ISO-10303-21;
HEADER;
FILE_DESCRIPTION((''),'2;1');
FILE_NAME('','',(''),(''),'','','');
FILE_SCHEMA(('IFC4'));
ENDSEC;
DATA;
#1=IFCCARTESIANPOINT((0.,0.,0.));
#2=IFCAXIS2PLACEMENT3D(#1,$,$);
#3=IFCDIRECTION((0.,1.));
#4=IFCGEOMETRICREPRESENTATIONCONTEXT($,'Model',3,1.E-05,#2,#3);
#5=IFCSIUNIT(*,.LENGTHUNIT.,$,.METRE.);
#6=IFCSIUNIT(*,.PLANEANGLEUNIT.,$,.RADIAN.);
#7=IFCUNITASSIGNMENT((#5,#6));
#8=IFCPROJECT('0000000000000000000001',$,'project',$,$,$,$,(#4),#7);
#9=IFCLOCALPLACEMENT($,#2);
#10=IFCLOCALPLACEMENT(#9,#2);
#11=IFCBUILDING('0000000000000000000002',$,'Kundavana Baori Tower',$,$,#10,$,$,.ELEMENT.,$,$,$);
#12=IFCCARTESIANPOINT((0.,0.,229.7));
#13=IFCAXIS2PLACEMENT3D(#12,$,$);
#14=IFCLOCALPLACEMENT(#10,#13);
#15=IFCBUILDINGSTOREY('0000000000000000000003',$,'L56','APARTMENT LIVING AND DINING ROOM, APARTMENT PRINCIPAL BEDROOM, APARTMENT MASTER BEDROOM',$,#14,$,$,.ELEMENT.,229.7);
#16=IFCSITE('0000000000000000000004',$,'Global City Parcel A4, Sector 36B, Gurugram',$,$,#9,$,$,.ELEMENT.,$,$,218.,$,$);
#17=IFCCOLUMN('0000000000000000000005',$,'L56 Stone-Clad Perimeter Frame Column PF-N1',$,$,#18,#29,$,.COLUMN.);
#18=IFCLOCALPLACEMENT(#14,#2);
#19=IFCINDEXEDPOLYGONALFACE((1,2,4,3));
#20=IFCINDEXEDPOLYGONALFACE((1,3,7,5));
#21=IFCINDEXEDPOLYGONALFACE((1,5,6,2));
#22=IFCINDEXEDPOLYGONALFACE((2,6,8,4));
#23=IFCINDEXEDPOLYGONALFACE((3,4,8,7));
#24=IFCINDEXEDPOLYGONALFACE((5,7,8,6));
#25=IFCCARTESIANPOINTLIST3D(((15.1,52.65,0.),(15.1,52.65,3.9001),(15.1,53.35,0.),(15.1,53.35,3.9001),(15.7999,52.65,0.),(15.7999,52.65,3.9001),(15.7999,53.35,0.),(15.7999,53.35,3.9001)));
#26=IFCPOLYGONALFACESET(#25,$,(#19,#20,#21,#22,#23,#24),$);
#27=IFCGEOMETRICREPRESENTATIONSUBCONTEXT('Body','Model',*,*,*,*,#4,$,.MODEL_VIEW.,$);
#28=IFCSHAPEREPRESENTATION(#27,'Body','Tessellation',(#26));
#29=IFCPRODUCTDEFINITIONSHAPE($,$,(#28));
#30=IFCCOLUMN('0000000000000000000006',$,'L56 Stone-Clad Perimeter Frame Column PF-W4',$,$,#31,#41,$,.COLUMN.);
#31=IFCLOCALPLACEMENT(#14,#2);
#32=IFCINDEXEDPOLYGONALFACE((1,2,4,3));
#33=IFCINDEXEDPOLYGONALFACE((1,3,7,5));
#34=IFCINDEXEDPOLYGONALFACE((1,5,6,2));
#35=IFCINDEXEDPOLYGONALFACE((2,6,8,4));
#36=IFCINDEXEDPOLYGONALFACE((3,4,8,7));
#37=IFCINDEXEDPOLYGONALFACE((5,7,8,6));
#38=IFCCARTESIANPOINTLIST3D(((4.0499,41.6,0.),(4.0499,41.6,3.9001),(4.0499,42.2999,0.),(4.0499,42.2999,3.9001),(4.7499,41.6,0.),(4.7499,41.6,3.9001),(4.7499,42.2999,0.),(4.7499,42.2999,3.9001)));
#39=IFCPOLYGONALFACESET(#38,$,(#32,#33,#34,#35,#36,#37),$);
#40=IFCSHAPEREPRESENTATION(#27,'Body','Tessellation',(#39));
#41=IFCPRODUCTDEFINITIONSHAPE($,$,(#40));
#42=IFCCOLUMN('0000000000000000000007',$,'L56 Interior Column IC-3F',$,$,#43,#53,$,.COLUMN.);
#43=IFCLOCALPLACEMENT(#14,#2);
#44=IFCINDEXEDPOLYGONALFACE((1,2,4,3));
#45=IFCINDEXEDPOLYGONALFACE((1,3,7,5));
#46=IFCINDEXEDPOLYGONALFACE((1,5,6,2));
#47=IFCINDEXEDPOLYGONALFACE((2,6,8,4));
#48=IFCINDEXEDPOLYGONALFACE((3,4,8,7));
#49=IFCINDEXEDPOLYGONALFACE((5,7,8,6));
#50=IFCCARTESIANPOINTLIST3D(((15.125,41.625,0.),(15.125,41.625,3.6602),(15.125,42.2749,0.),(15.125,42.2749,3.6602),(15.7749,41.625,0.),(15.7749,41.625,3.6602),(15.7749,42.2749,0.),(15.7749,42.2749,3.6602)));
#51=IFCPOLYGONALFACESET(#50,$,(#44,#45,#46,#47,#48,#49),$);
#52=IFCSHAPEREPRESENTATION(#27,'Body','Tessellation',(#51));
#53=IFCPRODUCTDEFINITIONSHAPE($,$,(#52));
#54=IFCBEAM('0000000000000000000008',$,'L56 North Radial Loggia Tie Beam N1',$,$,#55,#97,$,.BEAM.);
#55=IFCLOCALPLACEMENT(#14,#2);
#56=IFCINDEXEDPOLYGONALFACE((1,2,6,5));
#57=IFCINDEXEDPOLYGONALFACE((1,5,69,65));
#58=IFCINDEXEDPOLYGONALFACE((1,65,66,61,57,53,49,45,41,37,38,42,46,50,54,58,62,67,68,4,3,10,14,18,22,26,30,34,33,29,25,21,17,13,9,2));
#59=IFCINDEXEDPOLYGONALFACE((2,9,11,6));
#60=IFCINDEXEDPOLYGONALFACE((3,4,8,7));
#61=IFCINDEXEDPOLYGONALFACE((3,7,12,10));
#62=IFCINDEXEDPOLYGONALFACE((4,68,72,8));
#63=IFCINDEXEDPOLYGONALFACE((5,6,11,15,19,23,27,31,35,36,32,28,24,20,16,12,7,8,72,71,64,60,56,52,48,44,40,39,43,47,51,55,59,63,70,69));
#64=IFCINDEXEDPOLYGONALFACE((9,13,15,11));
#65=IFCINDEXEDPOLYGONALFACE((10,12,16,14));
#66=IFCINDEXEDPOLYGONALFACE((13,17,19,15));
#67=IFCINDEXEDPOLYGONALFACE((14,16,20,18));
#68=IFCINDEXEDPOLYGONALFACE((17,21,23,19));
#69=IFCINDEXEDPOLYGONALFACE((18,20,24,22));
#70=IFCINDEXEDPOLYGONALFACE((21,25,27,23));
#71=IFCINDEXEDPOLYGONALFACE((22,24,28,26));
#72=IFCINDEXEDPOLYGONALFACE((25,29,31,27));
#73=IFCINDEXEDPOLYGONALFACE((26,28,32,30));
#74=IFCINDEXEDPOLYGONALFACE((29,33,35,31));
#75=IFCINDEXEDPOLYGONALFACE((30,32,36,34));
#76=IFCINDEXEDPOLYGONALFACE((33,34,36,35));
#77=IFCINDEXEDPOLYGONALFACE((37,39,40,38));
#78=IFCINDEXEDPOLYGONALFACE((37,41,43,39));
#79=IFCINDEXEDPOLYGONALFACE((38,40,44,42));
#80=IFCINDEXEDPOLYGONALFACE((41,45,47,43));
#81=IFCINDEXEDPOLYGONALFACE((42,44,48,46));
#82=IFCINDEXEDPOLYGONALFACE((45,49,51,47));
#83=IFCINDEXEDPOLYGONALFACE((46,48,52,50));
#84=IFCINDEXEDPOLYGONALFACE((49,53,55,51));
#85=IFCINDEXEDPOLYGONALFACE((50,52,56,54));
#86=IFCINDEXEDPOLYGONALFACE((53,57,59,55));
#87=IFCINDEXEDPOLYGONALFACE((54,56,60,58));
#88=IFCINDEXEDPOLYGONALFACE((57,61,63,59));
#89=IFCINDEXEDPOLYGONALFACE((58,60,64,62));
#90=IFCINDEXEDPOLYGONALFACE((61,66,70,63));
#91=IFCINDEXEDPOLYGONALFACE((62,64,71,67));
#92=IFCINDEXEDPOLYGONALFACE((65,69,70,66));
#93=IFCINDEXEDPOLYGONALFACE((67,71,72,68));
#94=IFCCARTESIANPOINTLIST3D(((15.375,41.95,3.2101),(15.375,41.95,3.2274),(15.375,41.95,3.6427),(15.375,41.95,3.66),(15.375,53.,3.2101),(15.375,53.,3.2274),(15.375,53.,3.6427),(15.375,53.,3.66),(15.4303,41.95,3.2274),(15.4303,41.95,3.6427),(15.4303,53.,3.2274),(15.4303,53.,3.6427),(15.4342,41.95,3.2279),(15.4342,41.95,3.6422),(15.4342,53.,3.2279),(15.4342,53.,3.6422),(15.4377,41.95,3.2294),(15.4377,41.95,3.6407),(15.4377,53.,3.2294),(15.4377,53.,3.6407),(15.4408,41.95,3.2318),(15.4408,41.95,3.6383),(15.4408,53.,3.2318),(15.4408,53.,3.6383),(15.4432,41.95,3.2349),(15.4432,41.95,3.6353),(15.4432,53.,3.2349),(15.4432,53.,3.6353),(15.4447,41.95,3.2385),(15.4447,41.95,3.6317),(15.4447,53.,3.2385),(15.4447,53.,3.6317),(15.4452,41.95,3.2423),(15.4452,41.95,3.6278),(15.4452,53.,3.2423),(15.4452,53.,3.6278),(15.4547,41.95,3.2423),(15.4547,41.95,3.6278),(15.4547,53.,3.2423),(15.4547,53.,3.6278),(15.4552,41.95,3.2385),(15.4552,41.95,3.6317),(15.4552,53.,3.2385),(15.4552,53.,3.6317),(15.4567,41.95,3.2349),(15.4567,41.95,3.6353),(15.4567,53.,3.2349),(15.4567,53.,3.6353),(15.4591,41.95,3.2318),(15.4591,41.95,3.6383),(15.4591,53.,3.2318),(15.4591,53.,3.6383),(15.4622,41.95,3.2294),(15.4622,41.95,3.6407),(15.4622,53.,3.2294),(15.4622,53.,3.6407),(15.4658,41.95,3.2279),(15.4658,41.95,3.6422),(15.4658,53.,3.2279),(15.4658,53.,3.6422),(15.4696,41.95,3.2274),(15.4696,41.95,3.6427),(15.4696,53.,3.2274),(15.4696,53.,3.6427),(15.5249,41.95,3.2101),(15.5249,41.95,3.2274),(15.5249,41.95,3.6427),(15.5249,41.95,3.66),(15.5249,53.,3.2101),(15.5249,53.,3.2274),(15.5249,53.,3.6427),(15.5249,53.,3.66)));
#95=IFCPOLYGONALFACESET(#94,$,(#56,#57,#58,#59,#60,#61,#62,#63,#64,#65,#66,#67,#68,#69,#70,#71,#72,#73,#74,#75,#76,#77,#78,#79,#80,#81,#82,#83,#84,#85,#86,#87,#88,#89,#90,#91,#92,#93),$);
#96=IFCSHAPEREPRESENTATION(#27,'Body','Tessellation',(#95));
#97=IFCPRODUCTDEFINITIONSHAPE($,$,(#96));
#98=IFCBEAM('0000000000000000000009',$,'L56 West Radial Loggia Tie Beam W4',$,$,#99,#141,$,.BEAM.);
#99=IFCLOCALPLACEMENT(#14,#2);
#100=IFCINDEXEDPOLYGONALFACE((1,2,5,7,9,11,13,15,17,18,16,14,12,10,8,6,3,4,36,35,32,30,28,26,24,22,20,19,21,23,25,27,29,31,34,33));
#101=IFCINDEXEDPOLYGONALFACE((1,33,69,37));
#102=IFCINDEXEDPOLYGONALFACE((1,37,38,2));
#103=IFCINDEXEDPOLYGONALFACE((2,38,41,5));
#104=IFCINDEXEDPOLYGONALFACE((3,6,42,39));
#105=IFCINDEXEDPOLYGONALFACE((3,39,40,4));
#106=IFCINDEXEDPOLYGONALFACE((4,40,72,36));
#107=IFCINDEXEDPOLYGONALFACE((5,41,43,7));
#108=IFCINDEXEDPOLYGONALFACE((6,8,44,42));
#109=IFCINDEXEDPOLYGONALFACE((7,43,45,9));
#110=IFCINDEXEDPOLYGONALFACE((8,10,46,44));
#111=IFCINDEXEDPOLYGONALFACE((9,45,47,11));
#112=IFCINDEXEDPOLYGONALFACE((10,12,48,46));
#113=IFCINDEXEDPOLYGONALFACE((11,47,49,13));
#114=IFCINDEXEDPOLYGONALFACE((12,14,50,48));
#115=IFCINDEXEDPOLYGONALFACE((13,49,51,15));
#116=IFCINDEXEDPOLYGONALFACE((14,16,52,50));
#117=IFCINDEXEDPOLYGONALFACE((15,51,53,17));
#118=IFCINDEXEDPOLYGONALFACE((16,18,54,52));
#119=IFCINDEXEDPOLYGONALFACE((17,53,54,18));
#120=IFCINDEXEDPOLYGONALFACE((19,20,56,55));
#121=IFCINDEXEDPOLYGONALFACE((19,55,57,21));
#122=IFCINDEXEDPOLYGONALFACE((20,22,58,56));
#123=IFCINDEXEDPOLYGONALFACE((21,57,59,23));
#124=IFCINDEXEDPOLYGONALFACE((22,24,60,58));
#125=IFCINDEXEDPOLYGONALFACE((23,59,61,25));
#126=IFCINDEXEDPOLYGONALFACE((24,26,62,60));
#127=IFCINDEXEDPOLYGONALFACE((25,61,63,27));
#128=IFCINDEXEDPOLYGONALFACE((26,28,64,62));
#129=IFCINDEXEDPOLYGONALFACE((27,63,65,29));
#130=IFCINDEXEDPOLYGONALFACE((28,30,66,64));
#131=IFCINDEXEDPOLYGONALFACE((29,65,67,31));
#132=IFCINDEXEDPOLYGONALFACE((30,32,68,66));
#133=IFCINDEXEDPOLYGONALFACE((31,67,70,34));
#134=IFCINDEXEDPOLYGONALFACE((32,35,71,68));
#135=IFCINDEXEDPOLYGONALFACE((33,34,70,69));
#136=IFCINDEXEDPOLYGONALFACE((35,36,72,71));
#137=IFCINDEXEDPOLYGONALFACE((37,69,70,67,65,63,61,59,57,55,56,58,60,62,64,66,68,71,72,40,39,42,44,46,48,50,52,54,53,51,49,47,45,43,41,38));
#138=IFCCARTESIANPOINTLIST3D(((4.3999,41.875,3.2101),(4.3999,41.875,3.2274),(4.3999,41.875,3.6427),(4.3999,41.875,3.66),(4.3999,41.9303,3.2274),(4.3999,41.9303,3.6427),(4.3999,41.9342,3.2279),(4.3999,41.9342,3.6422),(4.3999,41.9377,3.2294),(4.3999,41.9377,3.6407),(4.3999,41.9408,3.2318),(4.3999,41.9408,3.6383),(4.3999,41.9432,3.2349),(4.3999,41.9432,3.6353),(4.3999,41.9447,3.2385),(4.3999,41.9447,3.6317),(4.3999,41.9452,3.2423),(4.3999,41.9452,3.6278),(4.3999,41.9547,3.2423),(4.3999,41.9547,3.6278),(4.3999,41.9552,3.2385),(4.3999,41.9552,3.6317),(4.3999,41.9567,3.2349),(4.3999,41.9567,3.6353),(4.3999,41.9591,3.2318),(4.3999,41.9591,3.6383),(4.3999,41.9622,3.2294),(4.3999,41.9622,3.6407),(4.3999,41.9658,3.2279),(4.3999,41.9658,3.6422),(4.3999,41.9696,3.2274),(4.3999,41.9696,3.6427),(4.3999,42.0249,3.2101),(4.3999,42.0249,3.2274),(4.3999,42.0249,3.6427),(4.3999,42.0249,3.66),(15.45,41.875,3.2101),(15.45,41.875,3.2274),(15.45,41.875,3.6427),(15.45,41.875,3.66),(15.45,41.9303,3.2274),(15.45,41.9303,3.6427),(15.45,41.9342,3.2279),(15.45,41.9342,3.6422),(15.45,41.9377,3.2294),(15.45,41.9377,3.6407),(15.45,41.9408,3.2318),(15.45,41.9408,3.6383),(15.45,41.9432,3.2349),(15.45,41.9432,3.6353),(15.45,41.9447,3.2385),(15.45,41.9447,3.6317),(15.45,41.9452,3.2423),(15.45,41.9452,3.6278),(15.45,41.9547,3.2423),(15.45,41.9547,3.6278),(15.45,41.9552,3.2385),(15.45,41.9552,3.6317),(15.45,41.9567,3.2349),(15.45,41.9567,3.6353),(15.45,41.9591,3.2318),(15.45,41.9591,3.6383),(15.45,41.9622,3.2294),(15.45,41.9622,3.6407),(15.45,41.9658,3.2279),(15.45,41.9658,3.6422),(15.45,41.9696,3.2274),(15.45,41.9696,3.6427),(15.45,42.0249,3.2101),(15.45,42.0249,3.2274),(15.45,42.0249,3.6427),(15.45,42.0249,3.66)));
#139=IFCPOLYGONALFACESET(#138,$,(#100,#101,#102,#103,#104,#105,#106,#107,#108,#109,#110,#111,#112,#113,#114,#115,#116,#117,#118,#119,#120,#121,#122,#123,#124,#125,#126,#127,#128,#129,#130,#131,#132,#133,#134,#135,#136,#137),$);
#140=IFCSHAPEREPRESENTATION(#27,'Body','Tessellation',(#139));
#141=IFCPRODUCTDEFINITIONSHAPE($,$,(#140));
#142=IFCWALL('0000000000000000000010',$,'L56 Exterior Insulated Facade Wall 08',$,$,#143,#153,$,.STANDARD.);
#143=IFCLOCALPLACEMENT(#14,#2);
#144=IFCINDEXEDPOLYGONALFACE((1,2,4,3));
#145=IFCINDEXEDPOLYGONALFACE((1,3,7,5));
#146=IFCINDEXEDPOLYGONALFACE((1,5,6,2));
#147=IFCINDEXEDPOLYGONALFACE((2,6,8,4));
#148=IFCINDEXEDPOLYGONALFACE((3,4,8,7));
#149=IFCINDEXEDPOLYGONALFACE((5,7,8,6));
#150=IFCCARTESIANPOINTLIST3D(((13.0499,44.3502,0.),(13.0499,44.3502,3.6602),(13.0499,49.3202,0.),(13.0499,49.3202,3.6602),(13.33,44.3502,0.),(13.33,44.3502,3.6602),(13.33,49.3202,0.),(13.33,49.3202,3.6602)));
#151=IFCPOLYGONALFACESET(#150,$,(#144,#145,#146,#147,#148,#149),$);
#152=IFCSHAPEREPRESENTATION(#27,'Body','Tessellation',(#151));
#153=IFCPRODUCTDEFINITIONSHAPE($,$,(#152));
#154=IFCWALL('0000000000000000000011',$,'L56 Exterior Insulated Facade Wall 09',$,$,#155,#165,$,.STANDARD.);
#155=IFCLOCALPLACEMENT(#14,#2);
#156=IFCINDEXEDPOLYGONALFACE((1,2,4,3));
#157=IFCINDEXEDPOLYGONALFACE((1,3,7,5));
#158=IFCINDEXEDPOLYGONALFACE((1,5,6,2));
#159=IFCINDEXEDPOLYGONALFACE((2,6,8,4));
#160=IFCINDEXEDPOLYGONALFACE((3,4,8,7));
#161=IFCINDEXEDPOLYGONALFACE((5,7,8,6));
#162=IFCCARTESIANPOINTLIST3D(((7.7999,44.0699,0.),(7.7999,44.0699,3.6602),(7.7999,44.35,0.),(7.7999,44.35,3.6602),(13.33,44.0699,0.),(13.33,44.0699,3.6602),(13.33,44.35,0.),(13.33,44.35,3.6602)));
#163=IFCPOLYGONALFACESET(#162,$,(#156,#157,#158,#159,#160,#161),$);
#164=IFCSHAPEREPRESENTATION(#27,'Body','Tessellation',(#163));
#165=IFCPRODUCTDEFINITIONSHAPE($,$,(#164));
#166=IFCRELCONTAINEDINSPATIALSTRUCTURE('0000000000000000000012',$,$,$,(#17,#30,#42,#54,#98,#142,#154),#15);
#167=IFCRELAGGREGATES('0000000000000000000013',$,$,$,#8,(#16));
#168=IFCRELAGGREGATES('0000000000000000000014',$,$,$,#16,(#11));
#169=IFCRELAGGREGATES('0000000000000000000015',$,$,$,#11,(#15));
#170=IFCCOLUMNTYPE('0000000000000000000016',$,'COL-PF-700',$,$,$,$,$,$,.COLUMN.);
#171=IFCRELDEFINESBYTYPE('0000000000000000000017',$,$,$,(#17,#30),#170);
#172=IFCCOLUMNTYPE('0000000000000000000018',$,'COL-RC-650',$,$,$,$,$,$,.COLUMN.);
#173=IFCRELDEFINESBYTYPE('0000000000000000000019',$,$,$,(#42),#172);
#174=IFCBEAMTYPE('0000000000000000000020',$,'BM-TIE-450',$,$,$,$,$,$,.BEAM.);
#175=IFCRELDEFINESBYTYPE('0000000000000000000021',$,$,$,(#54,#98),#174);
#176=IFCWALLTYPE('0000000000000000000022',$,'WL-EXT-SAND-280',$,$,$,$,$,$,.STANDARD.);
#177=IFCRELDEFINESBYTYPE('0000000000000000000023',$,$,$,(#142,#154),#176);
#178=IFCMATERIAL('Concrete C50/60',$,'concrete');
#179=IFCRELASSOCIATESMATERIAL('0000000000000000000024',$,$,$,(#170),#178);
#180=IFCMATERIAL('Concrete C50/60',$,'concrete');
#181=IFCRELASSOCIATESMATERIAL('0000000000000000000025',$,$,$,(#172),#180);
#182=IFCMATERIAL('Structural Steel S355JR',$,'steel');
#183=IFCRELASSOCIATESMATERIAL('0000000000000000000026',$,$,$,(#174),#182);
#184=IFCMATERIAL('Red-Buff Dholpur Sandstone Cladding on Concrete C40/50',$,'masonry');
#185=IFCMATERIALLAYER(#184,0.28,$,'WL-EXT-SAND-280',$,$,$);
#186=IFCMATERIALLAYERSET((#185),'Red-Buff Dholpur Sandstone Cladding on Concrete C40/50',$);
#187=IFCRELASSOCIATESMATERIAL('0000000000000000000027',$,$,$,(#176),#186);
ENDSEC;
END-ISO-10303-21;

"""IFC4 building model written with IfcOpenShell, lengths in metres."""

from ifc_helpers import new_model, si_unit, direction, frame, frame_2d, origin, origin_2d, place, context, subcontext, project, spatial, rectangle, i_section, extrude, material, layer, layer_set, material_profile, profile_set, type_object, element, save


model = new_model("IFC4")

# Units and contexts
model_context = context("Model", 3, precision=1e-05, world=origin(), true_north=direction((0.0, 1.0)))
body_context = subcontext(model_context, "Body", "Model", "MODEL_VIEW")
ifc_project = project(units=[si_unit("LENGTHUNIT", "METRE"), si_unit("PLANEANGLEUNIT", "RADIAN")], contexts=[model_context])

# Site, building, storey
site_placement = place(None, origin())
site = spatial("IfcSite", under=ifc_project, at=site_placement, Name="Global City Parcel A4, Sector 36B, Gurugram", CompositionType="ELEMENT", RefElevation=218.0)
building_placement = place(site_placement, origin())
building = spatial("IfcBuilding", under=site, at=building_placement, Name="Kundavana Baori Tower", CompositionType="ELEMENT")
storey_placement = place(building_placement, frame((0.0, 0.0, 229.7)))
storey = spatial("IfcBuildingStorey", under=building, at=storey_placement, Name="L56", Description="APARTMENT LIVING AND DINING ROOM, APARTMENT PRINCIPAL BEDROOM, APARTMENT MASTER BEDROOM", CompositionType="ELEMENT", Elevation=229.7)

# Columns
ifc_material_1 = material(Name="Concrete C50/60", Category="concrete")
ifc_material_profile_1 = material_profile(ifc_material_1, rectangle(XDim=0.7, YDim=0.7, at=origin_2d()), Name="RC PF 700x700")
ifc_profile_set_1 = profile_set([ifc_material_profile_1], Name="Concrete C50/60")
column_type_1 = type_object("IfcColumnType", Name="COL-PF-700", PredefinedType="COLUMN", material=ifc_profile_set_1)
for number, where, z_axis, x_axis, name in (
    (1, (15.45, 53.0, 0.0), (0.0, 0.0, 1.0), (1.0, 0.0, 0.0), "L56 Stone-Clad Perimeter Frame Column PF-N1"),
    (2, (4.3999, 41.95, 0.0), (0.0, 0.0, 1.0), (1.0, 0.0, 0.0), "L56 Stone-Clad Perimeter Frame Column PF-W4"),
):
    element("IfcColumn", number, at=place(storey_placement, frame(where, z_axis=z_axis, x_axis=x_axis)), inside=storey, type_object=column_type_1, Name=name, PredefinedType="COLUMN", context=body_context, shape_type="SweptSolid", body=[
        extrude(rectangle(XDim=0.7, YDim=0.7, at=origin_2d()), origin(), (0.0, 0.0, 1.0), 3.9001),
    ])
ifc_material_2 = material(Name="Concrete C50/60", Category="concrete")
ifc_material_profile_2 = material_profile(ifc_material_2, rectangle(XDim=0.6499, YDim=0.6499, at=origin_2d()), Name="RC 650x650")
ifc_profile_set_2 = profile_set([ifc_material_profile_2], Name="Concrete C50/60")
column_type_2 = type_object("IfcColumnType", Name="COL-RC-650", PredefinedType="COLUMN", material=ifc_profile_set_2)
column_placement = place(storey_placement, frame((15.45, 41.95, 0.0), z_axis=(0.0, 0.0, 1.0), x_axis=(1.0, 0.0, 0.0)))
element("IfcColumn", 3, at=column_placement, inside=storey, type_object=column_type_2, Name="L56 Interior Column IC-3F", PredefinedType="COLUMN", context=body_context, shape_type="SweptSolid", body=[
    extrude(rectangle(XDim=0.6499, YDim=0.6499, at=origin_2d()), origin(), (0.0, 0.0, 1.0), 3.6602),
])

# Beams
ifc_material_3 = material(Name="Structural Steel S355JR", Category="steel")
ifc_material_profile_3 = material_profile(ifc_material_3, i_section(OverallWidth=0.1499, OverallDepth=0.45, WebThickness=0.0095, FlangeThickness=0.0173, FilletRadius=0.0149, at=origin_2d()), Name="ISMB 450")
ifc_profile_set_3 = profile_set([ifc_material_profile_3], Name="Structural Steel S355JR")
beam_type = type_object("IfcBeamType", Name="BM-TIE-450", PredefinedType="BEAM", material=ifc_profile_set_3)
for number, where, z_axis, x_axis, name in (
    (4, (15.45, 41.95, 3.4351), (0.0, 1.0, 0.0), (-1.0, 0.0, 0.0), "L56 North Radial Loggia Tie Beam N1"),
    (5, (15.45, 41.95, 3.4351), (-1.0, 0.0, 0.0), (0.0, -1.0, 0.0), "L56 West Radial Loggia Tie Beam W4"),
):
    element("IfcBeam", number, at=place(storey_placement, frame(where, z_axis=z_axis, x_axis=x_axis)), inside=storey, type_object=beam_type, Name=name, PredefinedType="BEAM", context=body_context, shape_type="SweptSolid", body=[
        extrude(i_section(OverallWidth=0.1499, OverallDepth=0.45, WebThickness=0.0095, FlangeThickness=0.0173, FilletRadius=0.0149, at=origin_2d()), origin(), (0.0, 0.0, 1.0), 11.05),
    ])

# Walls
ifc_material_4 = material(Name="Red-Buff Dholpur Sandstone Cladding on Concrete C40/50", Category="masonry")
ifc_layer_1 = layer(ifc_material_4, 0.28, Name="WL-EXT-SAND-280")
ifc_layer_set_1 = layer_set([ifc_layer_1], Name="Red-Buff Dholpur Sandstone Cladding on Concrete C40/50")
wall_type_1 = type_object("IfcWallType", Name="WL-EXT-SAND-280", PredefinedType="STANDARD", material=ifc_layer_set_1)
wall_1_placement = place(storey_placement, frame((13.1899, 49.3201, 0.0), z_axis=(0.0, 0.0, 1.0), x_axis=(0.0, -1.0, 0.0)))
element("IfcWall", 6, at=wall_1_placement, inside=storey, type_object=wall_type_1, Name="L56 Exterior Insulated Facade Wall 08", PredefinedType="STANDARD", context=body_context, shape_type="SweptSolid", body=[
    extrude(rectangle(XDim=4.97, YDim=0.28, at=frame_2d((2.4849, 0.0))), origin(), (0.0, 0.0, 1.0), 3.6602),
])
wall_2_placement = place(storey_placement, frame((13.3301, 44.21, 0.0), z_axis=(0.0, 0.0, 1.0), x_axis=(-1.0, 0.0, 0.0)))
element("IfcWall", 7, at=wall_2_placement, inside=storey, type_object=wall_type_1, Name="L56 Exterior Insulated Facade Wall 09", PredefinedType="STANDARD", context=body_context, shape_type="SweptSolid", body=[
    extrude(rectangle(XDim=5.53, YDim=0.28, at=frame_2d((2.7651, 0.0))), origin(), (0.0, 0.0, 1.0), 3.6602),
])

save(model, "model.ifc")
